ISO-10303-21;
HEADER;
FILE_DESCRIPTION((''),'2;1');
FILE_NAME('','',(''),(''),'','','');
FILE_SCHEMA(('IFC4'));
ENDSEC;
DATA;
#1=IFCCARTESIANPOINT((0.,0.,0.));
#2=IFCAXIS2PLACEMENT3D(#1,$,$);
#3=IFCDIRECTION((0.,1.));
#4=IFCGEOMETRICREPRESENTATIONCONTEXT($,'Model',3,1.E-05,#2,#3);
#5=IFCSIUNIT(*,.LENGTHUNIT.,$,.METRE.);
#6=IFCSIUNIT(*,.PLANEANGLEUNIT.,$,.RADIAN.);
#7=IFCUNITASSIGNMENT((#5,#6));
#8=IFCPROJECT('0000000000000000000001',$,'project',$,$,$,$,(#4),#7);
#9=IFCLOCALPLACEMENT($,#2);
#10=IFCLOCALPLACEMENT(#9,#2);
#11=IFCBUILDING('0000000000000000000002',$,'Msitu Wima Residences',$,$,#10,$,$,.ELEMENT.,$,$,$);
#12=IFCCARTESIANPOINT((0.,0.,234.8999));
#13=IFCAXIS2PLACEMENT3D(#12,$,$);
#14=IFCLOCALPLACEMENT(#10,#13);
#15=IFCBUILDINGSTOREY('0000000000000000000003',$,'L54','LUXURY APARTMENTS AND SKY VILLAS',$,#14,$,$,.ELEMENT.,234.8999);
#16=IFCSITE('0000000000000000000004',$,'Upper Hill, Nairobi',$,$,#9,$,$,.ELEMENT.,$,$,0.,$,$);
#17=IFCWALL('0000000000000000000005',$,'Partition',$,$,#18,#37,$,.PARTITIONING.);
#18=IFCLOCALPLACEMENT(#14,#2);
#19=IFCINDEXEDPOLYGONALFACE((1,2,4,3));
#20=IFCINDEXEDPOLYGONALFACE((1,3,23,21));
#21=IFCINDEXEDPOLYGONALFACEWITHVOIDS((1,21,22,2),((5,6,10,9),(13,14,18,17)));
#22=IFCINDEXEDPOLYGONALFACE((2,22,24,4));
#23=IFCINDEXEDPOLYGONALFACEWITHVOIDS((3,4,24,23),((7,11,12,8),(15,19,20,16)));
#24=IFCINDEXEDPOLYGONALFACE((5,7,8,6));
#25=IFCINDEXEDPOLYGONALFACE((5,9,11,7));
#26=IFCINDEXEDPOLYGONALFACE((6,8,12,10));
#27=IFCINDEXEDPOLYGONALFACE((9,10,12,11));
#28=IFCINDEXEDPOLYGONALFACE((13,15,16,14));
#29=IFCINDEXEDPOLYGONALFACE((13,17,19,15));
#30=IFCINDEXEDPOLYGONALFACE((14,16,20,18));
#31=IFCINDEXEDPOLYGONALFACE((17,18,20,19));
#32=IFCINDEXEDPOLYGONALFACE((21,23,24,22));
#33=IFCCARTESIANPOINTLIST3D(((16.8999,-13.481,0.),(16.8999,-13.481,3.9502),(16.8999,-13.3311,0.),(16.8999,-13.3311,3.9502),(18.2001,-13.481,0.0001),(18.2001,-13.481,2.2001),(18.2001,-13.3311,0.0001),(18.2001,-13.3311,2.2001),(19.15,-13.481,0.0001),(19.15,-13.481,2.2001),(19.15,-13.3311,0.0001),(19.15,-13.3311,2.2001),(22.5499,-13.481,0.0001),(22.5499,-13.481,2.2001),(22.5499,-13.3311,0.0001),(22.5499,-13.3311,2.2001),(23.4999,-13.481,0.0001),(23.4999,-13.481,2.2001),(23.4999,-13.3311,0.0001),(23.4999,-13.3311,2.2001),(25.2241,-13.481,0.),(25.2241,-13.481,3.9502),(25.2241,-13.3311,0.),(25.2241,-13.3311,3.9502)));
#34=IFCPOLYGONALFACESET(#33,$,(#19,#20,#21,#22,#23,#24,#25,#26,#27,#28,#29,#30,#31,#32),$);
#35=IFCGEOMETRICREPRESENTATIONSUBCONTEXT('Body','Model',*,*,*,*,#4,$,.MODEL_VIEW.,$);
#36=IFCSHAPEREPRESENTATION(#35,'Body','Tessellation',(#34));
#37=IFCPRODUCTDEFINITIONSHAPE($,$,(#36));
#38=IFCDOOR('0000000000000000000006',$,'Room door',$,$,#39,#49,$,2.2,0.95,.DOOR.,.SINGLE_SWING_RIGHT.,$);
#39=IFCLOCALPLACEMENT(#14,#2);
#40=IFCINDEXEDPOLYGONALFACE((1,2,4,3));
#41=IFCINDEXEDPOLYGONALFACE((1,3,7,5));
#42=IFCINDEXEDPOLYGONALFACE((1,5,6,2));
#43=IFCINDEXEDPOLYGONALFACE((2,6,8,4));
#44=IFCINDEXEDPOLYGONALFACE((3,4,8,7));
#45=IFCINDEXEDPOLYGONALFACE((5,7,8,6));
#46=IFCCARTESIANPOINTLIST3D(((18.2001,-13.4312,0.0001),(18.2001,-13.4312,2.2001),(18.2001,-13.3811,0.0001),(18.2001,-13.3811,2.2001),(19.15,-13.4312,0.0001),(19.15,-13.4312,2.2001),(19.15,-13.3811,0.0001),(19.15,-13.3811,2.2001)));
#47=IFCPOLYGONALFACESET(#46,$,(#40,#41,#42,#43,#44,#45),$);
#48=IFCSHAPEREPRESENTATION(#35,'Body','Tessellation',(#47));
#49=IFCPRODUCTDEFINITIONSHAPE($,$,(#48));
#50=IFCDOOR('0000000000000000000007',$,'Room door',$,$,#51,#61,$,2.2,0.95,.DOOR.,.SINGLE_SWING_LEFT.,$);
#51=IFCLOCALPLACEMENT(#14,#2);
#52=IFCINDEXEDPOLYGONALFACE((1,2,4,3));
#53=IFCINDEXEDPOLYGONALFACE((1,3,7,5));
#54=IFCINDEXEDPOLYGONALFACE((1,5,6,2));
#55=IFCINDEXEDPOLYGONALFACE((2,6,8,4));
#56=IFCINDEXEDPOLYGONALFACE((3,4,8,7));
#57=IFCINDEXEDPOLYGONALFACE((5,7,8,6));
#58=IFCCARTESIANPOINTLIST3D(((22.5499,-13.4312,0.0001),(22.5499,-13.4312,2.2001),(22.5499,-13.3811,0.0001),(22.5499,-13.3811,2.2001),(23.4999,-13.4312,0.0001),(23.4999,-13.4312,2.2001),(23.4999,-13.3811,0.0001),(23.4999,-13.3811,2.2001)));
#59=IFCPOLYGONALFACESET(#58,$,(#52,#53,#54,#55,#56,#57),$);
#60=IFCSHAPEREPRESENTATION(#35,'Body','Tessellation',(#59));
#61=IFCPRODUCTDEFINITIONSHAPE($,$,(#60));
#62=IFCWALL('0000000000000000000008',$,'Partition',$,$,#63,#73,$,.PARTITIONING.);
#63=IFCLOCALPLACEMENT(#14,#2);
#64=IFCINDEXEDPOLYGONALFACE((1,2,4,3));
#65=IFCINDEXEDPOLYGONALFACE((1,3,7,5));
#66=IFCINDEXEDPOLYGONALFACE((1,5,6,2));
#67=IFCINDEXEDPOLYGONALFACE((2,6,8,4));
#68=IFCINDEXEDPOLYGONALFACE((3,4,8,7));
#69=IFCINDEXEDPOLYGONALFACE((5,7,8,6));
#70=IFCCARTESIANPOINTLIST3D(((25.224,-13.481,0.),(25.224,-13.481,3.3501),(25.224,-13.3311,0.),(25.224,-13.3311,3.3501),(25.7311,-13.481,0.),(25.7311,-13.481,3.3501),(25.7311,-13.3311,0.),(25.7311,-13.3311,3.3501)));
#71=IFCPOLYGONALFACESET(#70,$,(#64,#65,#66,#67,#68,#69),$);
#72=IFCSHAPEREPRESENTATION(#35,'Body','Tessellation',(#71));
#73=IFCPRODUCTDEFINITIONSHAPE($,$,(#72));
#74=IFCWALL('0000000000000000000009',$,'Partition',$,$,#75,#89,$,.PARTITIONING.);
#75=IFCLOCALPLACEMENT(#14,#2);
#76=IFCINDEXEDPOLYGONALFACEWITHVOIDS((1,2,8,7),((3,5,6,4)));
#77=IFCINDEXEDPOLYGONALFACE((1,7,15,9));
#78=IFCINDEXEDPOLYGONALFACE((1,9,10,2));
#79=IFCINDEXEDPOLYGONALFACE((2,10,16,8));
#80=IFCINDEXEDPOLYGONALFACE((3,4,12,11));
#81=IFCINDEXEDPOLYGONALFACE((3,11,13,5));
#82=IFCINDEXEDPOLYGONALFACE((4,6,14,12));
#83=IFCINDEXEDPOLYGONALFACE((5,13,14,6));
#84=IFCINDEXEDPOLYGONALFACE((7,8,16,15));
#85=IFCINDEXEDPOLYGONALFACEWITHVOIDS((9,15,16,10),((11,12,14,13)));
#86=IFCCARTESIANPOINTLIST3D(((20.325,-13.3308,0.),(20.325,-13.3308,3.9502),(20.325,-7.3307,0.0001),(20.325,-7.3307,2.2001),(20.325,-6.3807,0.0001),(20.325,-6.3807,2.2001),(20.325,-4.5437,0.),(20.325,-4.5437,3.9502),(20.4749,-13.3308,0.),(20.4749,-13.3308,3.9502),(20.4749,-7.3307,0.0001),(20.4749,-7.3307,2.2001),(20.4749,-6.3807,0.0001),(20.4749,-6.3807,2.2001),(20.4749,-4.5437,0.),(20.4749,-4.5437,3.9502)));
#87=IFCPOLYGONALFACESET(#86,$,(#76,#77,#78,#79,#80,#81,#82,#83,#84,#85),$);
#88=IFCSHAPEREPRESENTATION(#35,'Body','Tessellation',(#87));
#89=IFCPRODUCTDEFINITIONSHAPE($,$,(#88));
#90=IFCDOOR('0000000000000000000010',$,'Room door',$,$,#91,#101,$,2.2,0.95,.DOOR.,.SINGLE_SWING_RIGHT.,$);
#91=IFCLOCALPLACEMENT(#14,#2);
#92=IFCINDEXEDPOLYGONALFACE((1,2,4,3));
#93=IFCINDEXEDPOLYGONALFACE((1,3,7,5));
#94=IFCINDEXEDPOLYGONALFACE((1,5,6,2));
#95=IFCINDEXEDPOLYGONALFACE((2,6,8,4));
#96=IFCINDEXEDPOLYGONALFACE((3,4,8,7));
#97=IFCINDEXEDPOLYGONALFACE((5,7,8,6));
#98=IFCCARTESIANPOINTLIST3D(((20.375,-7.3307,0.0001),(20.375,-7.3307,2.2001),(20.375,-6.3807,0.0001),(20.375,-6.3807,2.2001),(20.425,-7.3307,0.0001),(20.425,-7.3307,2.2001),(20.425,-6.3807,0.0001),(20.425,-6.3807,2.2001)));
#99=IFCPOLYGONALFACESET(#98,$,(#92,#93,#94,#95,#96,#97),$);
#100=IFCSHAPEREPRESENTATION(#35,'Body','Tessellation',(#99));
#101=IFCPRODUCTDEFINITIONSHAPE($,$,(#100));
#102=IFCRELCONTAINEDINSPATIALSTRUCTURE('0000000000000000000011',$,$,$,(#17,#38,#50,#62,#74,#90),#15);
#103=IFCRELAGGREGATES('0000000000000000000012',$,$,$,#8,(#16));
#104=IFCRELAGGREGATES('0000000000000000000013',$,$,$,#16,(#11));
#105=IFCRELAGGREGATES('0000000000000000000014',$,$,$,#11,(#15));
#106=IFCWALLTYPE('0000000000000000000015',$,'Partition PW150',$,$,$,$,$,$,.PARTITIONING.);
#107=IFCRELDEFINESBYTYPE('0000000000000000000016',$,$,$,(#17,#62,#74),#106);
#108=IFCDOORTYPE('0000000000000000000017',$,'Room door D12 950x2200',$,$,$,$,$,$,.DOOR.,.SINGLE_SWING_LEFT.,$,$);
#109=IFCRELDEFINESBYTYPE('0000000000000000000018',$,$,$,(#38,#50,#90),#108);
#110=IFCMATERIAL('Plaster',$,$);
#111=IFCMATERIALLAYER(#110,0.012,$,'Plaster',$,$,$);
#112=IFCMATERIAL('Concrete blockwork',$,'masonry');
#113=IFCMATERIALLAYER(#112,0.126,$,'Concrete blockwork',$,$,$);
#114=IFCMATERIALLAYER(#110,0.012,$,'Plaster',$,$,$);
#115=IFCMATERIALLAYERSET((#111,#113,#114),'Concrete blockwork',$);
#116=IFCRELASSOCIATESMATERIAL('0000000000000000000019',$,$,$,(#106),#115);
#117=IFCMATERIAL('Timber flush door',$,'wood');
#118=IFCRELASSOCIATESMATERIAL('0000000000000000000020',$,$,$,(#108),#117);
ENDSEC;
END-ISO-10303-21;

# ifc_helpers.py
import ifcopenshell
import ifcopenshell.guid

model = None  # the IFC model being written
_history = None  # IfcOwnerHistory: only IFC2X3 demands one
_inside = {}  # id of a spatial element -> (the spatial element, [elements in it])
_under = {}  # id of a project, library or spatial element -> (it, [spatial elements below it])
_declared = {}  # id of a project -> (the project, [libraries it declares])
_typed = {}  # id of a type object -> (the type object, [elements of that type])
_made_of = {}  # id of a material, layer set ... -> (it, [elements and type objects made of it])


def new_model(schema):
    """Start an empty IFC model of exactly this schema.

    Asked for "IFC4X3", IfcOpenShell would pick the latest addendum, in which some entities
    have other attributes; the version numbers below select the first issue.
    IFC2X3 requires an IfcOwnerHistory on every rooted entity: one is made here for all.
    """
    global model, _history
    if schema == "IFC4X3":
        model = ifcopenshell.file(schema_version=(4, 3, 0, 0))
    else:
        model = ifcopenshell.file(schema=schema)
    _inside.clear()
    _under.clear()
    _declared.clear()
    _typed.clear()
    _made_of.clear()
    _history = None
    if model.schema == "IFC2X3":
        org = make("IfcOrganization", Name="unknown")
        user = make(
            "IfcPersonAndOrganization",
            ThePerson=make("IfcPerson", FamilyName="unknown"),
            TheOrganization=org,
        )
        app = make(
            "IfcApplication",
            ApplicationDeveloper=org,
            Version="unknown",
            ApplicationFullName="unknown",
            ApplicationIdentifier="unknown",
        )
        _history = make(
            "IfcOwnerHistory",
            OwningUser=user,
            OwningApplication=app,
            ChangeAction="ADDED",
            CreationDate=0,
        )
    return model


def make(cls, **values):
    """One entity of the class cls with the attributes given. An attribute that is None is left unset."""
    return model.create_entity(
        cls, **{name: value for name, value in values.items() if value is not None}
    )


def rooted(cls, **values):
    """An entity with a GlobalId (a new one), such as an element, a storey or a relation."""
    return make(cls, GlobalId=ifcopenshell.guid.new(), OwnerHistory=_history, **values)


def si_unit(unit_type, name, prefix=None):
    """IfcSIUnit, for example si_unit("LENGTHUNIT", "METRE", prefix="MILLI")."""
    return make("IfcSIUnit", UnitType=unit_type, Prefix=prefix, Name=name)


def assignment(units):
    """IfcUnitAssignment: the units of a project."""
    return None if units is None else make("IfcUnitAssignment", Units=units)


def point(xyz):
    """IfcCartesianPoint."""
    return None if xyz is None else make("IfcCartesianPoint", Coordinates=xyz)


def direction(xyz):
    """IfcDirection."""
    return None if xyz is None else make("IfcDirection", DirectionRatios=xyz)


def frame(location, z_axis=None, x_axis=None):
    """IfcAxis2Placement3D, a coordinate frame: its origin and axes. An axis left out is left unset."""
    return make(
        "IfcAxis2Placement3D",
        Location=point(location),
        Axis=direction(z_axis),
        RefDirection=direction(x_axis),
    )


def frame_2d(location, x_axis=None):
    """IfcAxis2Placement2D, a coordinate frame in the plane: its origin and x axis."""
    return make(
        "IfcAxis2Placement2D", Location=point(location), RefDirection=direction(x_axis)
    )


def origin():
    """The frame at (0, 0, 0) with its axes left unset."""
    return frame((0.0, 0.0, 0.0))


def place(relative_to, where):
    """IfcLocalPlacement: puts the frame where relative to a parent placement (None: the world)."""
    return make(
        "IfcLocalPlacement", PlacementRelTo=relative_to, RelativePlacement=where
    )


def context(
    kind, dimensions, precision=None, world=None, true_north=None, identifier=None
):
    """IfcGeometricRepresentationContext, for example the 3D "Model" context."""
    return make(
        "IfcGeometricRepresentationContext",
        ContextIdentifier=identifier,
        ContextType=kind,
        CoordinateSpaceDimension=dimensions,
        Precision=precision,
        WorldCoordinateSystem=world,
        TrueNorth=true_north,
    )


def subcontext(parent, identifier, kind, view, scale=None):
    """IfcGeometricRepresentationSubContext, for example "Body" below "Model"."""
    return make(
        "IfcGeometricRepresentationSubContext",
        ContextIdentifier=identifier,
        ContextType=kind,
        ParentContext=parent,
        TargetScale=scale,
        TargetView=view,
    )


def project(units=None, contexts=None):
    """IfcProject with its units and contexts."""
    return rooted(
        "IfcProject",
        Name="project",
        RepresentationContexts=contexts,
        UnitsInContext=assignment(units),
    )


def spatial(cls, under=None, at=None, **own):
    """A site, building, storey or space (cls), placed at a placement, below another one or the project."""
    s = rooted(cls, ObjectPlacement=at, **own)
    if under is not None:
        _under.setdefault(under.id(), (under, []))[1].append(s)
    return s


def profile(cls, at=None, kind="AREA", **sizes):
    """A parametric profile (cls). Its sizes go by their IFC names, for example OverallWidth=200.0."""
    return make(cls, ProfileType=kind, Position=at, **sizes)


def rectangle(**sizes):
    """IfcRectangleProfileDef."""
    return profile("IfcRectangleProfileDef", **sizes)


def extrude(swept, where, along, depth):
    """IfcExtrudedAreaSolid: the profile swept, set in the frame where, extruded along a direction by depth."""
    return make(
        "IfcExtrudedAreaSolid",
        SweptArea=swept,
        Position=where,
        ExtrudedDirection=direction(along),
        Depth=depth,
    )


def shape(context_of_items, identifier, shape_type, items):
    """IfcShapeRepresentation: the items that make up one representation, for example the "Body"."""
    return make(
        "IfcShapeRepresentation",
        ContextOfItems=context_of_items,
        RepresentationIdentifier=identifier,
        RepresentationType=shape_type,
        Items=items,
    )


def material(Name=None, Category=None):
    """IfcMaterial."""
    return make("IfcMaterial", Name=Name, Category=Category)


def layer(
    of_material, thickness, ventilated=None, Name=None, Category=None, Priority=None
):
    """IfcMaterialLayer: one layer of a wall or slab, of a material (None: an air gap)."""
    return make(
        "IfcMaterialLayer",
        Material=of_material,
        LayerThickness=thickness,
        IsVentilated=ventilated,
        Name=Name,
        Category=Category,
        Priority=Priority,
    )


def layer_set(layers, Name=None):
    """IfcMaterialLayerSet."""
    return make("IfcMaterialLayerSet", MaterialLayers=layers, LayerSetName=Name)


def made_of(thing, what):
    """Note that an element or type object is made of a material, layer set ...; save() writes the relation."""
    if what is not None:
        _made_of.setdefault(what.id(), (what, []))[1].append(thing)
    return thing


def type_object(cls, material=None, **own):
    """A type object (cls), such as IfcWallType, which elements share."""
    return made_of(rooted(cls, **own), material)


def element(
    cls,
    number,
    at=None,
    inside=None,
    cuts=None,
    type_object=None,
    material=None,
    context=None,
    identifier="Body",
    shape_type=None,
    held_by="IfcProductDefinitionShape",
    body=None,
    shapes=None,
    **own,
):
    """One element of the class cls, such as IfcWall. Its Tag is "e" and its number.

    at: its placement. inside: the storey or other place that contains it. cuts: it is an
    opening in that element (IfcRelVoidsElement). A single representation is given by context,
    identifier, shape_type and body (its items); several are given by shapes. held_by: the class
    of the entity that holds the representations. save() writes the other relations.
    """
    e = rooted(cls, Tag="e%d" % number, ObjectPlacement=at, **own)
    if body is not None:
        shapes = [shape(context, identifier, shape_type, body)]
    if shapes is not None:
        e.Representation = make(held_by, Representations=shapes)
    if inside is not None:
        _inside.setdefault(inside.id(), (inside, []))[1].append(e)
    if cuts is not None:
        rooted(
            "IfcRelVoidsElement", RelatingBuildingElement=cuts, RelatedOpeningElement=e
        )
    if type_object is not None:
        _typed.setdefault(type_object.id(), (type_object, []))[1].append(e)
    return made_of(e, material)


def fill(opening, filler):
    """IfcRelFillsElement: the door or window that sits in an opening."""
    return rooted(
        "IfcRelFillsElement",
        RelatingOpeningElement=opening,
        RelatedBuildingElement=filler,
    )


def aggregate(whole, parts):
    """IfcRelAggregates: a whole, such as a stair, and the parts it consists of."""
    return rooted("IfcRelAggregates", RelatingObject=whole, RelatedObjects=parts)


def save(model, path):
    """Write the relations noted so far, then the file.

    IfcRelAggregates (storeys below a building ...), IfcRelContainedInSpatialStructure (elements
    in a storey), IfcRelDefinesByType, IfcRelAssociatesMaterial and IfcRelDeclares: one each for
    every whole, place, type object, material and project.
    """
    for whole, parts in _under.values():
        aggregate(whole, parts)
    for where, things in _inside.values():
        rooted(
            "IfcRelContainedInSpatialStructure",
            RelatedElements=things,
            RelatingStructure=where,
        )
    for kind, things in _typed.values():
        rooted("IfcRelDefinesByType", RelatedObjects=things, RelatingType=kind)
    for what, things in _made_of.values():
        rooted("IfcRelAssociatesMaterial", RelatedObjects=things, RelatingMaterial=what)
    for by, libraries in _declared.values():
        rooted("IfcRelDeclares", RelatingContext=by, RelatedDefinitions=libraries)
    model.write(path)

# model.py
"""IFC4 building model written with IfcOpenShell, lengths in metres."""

from ifc_helpers import new_model, si_unit, direction, frame, frame_2d, origin, place, context, subcontext, project, spatial, rectangle, extrude, material, layer, layer_set, type_object, element, fill, save


model = new_model("IFC4")

# Units and contexts
model_context = context("Model", 3, precision=1e-05, world=origin(), true_north=direction((0.0, 1.0)))
body_context = subcontext(model_context, "Body", "Model", "MODEL_VIEW")
ifc_project = project(units=[si_unit("LENGTHUNIT", "METRE"), si_unit("PLANEANGLEUNIT", "RADIAN")], contexts=[model_context])

# Site, building, storey
site_placement = place(None, origin())
site = spatial("IfcSite", under=ifc_project, at=site_placement, Name="Upper Hill, Nairobi", CompositionType="ELEMENT", RefElevation=0.0)
building_placement = place(site_placement, origin())
building = spatial("IfcBuilding", under=site, at=building_placement, Name="Msitu Wima Residences", CompositionType="ELEMENT")
storey_placement = place(building_placement, frame((0.0, 0.0, 234.8999)))
storey = spatial("IfcBuildingStorey", under=building, at=storey_placement, Name="L54", Description="LUXURY APARTMENTS AND SKY VILLAS", CompositionType="ELEMENT", Elevation=234.8999)

# Shared definitions
ifc_material_1 = material(Name="Plaster")
ifc_material_2 = material(Name="Concrete blockwork", Category="masonry")

# Shared definitions
ifc_layer_1 = layer(ifc_material_1, 0.012, Name="Plaster")
ifc_layer_2 = layer(ifc_material_2, 0.126, Name="Concrete blockwork")
ifc_layer_3 = layer(ifc_material_1, 0.012, Name="Plaster")
ifc_layer_set_1 = layer_set([ifc_layer_1, ifc_layer_2, ifc_layer_3], Name="Concrete blockwork")
wall_type_1 = type_object("IfcWallType", Name="Partition PW150", PredefinedType="PARTITIONING", material=ifc_layer_set_1)
ifc_material_3 = material(Name="Timber flush door", Category="wood")
door_type_1 = type_object("IfcDoorType", Name="Room door D12 950x2200", OperationType="SINGLE_SWING_LEFT", PredefinedType="DOOR", material=ifc_material_3)

# Wall, openings, doors
wall_1_placement = place(storey_placement, frame((16.8999, -13.406, 0.0), z_axis=(0.0, 0.0, 1.0), x_axis=(1.0, 0.0, 0.0)))
wall_1 = element("IfcWall", 1, at=wall_1_placement, inside=storey, type_object=wall_type_1, Name="Partition", PredefinedType="PARTITIONING", context=body_context, shape_type="SweptSolid", body=[
    extrude(rectangle(XDim=8.3242, YDim=0.1499, at=frame_2d((4.1621, 0.0))), origin(), (0.0, 0.0, 1.0), 3.9502),
])
opening_1_placement = place(wall_1_placement, frame((1.3, 0.0, 0.0)))
opening_1 = element("IfcOpeningElement", 2, at=opening_1_placement, cuts=wall_1, PredefinedType="OPENING", context=body_context, shape_type="SweptSolid", body=[
    extrude(rectangle(XDim=0.95, YDim=2.2, at=frame_2d((0.4751, 1.1001))), frame((0.0, 0.085, 0.0), z_axis=(0.0, -1.0, 0.0), x_axis=(1.0, 0.0, 0.0)), (0.0, 0.0, 1.0), 0.1699),
])
opening_2_placement = place(wall_1_placement, frame((5.6499, 0.0, 0.0)))
opening_2 = element("IfcOpeningElement", 3, at=opening_2_placement, cuts=wall_1, PredefinedType="OPENING", context=body_context, shape_type="SweptSolid", body=[
    extrude(rectangle(XDim=0.95, YDim=2.2, at=frame_2d((0.4751, 1.1001))), frame((0.0, 0.085, 0.0), z_axis=(0.0, -1.0, 0.0), x_axis=(1.0, 0.0, 0.0)), (0.0, 0.0, 1.0), 0.1699),
])
door_1_placement = place(opening_1_placement, origin())
door_1 = element("IfcDoor", 4, at=door_1_placement, inside=storey, type_object=door_type_1, Name="Room door", OperationType="SINGLE_SWING_RIGHT", OverallHeight=2.2, OverallWidth=0.95, PredefinedType="DOOR", context=body_context, shape_type="SweptSolid", body=[
    extrude(rectangle(XDim=0.95, YDim=2.2, at=frame_2d((0.4751, 1.1001))), frame((0.0, 0.0249, 0.0), z_axis=(0.0, -1.0, 0.0), x_axis=(1.0, 0.0, 0.0)), (0.0, 0.0, 1.0), 0.05),
])
fill(opening_1, door_1)
door_2_placement = place(opening_2_placement, origin())
door_2 = element("IfcDoor", 5, at=door_2_placement, inside=storey, type_object=door_type_1, Name="Room door", OperationType="SINGLE_SWING_LEFT", OverallHeight=2.2, OverallWidth=0.95, PredefinedType="DOOR", context=body_context, shape_type="SweptSolid", body=[
    extrude(rectangle(XDim=0.95, YDim=2.2, at=frame_2d((0.4751, 1.1001))), frame((0.0, 0.0249, 0.0), z_axis=(0.0, -1.0, 0.0), x_axis=(1.0, 0.0, 0.0)), (0.0, 0.0, 1.0), 0.05),
])
fill(opening_2, door_2)

# Wall
wall_2_placement = place(storey_placement, frame((25.2241, -13.406, 0.0), z_axis=(0.0, 0.0, 1.0), x_axis=(1.0, 0.0, 0.0)))
element("IfcWall", 6, at=wall_2_placement, inside=storey, type_object=wall_type_1, Name="Partition", PredefinedType="PARTITIONING", context=body_context, shape_type="SweptSolid", body=[
    extrude(rectangle(XDim=0.5071, YDim=0.1499, at=frame_2d((0.2534, 0.0))), origin(), (0.0, 0.0, 1.0), 3.3501),
])

# Wall, opening, door
wall_3_placement = place(storey_placement, frame((20.3999, -13.3308, 0.0), z_axis=(0.0, 0.0, 1.0), x_axis=(0.0, 1.0, 0.0)))
wall_3 = element("IfcWall", 7, at=wall_3_placement, inside=storey, type_object=wall_type_1, Name="Partition", PredefinedType="PARTITIONING", context=body_context, shape_type="SweptSolid", body=[
    extrude(rectangle(XDim=8.7871, YDim=0.1499, at=frame_2d((4.3936, 0.0))), origin(), (0.0, 0.0, 1.0), 3.9502),
])
opening_3_placement = place(wall_3_placement, frame((6.0, 0.0, 0.0)))
opening_3 = element("IfcOpeningElement", 8, at=opening_3_placement, cuts=wall_3, PredefinedType="OPENING", context=body_context, shape_type="SweptSolid", body=[
    extrude(rectangle(XDim=0.95, YDim=2.2, at=frame_2d((0.4751, 1.1001))), frame((0.0, 0.085, 0.0), z_axis=(0.0, -1.0, 0.0), x_axis=(1.0, 0.0, 0.0)), (0.0, 0.0, 1.0), 0.1699),
])
door_3_placement = place(opening_3_placement, origin())
door_3 = element("IfcDoor", 9, at=door_3_placement, inside=storey, type_object=door_type_1, Name="Room door", OperationType="SINGLE_SWING_RIGHT", OverallHeight=2.2, OverallWidth=0.95, PredefinedType="DOOR", context=body_context, shape_type="SweptSolid", body=[
    extrude(rectangle(XDim=0.95, YDim=2.2, at=frame_2d((0.4751, 1.1001))), frame((0.0, 0.0249, 0.0), z_axis=(0.0, -1.0, 0.0), x_axis=(1.0, 0.0, 0.0)), (0.0, 0.0, 1.0), 0.05),
])
fill(opening_3, door_3)

save(model, "model.ifc")
